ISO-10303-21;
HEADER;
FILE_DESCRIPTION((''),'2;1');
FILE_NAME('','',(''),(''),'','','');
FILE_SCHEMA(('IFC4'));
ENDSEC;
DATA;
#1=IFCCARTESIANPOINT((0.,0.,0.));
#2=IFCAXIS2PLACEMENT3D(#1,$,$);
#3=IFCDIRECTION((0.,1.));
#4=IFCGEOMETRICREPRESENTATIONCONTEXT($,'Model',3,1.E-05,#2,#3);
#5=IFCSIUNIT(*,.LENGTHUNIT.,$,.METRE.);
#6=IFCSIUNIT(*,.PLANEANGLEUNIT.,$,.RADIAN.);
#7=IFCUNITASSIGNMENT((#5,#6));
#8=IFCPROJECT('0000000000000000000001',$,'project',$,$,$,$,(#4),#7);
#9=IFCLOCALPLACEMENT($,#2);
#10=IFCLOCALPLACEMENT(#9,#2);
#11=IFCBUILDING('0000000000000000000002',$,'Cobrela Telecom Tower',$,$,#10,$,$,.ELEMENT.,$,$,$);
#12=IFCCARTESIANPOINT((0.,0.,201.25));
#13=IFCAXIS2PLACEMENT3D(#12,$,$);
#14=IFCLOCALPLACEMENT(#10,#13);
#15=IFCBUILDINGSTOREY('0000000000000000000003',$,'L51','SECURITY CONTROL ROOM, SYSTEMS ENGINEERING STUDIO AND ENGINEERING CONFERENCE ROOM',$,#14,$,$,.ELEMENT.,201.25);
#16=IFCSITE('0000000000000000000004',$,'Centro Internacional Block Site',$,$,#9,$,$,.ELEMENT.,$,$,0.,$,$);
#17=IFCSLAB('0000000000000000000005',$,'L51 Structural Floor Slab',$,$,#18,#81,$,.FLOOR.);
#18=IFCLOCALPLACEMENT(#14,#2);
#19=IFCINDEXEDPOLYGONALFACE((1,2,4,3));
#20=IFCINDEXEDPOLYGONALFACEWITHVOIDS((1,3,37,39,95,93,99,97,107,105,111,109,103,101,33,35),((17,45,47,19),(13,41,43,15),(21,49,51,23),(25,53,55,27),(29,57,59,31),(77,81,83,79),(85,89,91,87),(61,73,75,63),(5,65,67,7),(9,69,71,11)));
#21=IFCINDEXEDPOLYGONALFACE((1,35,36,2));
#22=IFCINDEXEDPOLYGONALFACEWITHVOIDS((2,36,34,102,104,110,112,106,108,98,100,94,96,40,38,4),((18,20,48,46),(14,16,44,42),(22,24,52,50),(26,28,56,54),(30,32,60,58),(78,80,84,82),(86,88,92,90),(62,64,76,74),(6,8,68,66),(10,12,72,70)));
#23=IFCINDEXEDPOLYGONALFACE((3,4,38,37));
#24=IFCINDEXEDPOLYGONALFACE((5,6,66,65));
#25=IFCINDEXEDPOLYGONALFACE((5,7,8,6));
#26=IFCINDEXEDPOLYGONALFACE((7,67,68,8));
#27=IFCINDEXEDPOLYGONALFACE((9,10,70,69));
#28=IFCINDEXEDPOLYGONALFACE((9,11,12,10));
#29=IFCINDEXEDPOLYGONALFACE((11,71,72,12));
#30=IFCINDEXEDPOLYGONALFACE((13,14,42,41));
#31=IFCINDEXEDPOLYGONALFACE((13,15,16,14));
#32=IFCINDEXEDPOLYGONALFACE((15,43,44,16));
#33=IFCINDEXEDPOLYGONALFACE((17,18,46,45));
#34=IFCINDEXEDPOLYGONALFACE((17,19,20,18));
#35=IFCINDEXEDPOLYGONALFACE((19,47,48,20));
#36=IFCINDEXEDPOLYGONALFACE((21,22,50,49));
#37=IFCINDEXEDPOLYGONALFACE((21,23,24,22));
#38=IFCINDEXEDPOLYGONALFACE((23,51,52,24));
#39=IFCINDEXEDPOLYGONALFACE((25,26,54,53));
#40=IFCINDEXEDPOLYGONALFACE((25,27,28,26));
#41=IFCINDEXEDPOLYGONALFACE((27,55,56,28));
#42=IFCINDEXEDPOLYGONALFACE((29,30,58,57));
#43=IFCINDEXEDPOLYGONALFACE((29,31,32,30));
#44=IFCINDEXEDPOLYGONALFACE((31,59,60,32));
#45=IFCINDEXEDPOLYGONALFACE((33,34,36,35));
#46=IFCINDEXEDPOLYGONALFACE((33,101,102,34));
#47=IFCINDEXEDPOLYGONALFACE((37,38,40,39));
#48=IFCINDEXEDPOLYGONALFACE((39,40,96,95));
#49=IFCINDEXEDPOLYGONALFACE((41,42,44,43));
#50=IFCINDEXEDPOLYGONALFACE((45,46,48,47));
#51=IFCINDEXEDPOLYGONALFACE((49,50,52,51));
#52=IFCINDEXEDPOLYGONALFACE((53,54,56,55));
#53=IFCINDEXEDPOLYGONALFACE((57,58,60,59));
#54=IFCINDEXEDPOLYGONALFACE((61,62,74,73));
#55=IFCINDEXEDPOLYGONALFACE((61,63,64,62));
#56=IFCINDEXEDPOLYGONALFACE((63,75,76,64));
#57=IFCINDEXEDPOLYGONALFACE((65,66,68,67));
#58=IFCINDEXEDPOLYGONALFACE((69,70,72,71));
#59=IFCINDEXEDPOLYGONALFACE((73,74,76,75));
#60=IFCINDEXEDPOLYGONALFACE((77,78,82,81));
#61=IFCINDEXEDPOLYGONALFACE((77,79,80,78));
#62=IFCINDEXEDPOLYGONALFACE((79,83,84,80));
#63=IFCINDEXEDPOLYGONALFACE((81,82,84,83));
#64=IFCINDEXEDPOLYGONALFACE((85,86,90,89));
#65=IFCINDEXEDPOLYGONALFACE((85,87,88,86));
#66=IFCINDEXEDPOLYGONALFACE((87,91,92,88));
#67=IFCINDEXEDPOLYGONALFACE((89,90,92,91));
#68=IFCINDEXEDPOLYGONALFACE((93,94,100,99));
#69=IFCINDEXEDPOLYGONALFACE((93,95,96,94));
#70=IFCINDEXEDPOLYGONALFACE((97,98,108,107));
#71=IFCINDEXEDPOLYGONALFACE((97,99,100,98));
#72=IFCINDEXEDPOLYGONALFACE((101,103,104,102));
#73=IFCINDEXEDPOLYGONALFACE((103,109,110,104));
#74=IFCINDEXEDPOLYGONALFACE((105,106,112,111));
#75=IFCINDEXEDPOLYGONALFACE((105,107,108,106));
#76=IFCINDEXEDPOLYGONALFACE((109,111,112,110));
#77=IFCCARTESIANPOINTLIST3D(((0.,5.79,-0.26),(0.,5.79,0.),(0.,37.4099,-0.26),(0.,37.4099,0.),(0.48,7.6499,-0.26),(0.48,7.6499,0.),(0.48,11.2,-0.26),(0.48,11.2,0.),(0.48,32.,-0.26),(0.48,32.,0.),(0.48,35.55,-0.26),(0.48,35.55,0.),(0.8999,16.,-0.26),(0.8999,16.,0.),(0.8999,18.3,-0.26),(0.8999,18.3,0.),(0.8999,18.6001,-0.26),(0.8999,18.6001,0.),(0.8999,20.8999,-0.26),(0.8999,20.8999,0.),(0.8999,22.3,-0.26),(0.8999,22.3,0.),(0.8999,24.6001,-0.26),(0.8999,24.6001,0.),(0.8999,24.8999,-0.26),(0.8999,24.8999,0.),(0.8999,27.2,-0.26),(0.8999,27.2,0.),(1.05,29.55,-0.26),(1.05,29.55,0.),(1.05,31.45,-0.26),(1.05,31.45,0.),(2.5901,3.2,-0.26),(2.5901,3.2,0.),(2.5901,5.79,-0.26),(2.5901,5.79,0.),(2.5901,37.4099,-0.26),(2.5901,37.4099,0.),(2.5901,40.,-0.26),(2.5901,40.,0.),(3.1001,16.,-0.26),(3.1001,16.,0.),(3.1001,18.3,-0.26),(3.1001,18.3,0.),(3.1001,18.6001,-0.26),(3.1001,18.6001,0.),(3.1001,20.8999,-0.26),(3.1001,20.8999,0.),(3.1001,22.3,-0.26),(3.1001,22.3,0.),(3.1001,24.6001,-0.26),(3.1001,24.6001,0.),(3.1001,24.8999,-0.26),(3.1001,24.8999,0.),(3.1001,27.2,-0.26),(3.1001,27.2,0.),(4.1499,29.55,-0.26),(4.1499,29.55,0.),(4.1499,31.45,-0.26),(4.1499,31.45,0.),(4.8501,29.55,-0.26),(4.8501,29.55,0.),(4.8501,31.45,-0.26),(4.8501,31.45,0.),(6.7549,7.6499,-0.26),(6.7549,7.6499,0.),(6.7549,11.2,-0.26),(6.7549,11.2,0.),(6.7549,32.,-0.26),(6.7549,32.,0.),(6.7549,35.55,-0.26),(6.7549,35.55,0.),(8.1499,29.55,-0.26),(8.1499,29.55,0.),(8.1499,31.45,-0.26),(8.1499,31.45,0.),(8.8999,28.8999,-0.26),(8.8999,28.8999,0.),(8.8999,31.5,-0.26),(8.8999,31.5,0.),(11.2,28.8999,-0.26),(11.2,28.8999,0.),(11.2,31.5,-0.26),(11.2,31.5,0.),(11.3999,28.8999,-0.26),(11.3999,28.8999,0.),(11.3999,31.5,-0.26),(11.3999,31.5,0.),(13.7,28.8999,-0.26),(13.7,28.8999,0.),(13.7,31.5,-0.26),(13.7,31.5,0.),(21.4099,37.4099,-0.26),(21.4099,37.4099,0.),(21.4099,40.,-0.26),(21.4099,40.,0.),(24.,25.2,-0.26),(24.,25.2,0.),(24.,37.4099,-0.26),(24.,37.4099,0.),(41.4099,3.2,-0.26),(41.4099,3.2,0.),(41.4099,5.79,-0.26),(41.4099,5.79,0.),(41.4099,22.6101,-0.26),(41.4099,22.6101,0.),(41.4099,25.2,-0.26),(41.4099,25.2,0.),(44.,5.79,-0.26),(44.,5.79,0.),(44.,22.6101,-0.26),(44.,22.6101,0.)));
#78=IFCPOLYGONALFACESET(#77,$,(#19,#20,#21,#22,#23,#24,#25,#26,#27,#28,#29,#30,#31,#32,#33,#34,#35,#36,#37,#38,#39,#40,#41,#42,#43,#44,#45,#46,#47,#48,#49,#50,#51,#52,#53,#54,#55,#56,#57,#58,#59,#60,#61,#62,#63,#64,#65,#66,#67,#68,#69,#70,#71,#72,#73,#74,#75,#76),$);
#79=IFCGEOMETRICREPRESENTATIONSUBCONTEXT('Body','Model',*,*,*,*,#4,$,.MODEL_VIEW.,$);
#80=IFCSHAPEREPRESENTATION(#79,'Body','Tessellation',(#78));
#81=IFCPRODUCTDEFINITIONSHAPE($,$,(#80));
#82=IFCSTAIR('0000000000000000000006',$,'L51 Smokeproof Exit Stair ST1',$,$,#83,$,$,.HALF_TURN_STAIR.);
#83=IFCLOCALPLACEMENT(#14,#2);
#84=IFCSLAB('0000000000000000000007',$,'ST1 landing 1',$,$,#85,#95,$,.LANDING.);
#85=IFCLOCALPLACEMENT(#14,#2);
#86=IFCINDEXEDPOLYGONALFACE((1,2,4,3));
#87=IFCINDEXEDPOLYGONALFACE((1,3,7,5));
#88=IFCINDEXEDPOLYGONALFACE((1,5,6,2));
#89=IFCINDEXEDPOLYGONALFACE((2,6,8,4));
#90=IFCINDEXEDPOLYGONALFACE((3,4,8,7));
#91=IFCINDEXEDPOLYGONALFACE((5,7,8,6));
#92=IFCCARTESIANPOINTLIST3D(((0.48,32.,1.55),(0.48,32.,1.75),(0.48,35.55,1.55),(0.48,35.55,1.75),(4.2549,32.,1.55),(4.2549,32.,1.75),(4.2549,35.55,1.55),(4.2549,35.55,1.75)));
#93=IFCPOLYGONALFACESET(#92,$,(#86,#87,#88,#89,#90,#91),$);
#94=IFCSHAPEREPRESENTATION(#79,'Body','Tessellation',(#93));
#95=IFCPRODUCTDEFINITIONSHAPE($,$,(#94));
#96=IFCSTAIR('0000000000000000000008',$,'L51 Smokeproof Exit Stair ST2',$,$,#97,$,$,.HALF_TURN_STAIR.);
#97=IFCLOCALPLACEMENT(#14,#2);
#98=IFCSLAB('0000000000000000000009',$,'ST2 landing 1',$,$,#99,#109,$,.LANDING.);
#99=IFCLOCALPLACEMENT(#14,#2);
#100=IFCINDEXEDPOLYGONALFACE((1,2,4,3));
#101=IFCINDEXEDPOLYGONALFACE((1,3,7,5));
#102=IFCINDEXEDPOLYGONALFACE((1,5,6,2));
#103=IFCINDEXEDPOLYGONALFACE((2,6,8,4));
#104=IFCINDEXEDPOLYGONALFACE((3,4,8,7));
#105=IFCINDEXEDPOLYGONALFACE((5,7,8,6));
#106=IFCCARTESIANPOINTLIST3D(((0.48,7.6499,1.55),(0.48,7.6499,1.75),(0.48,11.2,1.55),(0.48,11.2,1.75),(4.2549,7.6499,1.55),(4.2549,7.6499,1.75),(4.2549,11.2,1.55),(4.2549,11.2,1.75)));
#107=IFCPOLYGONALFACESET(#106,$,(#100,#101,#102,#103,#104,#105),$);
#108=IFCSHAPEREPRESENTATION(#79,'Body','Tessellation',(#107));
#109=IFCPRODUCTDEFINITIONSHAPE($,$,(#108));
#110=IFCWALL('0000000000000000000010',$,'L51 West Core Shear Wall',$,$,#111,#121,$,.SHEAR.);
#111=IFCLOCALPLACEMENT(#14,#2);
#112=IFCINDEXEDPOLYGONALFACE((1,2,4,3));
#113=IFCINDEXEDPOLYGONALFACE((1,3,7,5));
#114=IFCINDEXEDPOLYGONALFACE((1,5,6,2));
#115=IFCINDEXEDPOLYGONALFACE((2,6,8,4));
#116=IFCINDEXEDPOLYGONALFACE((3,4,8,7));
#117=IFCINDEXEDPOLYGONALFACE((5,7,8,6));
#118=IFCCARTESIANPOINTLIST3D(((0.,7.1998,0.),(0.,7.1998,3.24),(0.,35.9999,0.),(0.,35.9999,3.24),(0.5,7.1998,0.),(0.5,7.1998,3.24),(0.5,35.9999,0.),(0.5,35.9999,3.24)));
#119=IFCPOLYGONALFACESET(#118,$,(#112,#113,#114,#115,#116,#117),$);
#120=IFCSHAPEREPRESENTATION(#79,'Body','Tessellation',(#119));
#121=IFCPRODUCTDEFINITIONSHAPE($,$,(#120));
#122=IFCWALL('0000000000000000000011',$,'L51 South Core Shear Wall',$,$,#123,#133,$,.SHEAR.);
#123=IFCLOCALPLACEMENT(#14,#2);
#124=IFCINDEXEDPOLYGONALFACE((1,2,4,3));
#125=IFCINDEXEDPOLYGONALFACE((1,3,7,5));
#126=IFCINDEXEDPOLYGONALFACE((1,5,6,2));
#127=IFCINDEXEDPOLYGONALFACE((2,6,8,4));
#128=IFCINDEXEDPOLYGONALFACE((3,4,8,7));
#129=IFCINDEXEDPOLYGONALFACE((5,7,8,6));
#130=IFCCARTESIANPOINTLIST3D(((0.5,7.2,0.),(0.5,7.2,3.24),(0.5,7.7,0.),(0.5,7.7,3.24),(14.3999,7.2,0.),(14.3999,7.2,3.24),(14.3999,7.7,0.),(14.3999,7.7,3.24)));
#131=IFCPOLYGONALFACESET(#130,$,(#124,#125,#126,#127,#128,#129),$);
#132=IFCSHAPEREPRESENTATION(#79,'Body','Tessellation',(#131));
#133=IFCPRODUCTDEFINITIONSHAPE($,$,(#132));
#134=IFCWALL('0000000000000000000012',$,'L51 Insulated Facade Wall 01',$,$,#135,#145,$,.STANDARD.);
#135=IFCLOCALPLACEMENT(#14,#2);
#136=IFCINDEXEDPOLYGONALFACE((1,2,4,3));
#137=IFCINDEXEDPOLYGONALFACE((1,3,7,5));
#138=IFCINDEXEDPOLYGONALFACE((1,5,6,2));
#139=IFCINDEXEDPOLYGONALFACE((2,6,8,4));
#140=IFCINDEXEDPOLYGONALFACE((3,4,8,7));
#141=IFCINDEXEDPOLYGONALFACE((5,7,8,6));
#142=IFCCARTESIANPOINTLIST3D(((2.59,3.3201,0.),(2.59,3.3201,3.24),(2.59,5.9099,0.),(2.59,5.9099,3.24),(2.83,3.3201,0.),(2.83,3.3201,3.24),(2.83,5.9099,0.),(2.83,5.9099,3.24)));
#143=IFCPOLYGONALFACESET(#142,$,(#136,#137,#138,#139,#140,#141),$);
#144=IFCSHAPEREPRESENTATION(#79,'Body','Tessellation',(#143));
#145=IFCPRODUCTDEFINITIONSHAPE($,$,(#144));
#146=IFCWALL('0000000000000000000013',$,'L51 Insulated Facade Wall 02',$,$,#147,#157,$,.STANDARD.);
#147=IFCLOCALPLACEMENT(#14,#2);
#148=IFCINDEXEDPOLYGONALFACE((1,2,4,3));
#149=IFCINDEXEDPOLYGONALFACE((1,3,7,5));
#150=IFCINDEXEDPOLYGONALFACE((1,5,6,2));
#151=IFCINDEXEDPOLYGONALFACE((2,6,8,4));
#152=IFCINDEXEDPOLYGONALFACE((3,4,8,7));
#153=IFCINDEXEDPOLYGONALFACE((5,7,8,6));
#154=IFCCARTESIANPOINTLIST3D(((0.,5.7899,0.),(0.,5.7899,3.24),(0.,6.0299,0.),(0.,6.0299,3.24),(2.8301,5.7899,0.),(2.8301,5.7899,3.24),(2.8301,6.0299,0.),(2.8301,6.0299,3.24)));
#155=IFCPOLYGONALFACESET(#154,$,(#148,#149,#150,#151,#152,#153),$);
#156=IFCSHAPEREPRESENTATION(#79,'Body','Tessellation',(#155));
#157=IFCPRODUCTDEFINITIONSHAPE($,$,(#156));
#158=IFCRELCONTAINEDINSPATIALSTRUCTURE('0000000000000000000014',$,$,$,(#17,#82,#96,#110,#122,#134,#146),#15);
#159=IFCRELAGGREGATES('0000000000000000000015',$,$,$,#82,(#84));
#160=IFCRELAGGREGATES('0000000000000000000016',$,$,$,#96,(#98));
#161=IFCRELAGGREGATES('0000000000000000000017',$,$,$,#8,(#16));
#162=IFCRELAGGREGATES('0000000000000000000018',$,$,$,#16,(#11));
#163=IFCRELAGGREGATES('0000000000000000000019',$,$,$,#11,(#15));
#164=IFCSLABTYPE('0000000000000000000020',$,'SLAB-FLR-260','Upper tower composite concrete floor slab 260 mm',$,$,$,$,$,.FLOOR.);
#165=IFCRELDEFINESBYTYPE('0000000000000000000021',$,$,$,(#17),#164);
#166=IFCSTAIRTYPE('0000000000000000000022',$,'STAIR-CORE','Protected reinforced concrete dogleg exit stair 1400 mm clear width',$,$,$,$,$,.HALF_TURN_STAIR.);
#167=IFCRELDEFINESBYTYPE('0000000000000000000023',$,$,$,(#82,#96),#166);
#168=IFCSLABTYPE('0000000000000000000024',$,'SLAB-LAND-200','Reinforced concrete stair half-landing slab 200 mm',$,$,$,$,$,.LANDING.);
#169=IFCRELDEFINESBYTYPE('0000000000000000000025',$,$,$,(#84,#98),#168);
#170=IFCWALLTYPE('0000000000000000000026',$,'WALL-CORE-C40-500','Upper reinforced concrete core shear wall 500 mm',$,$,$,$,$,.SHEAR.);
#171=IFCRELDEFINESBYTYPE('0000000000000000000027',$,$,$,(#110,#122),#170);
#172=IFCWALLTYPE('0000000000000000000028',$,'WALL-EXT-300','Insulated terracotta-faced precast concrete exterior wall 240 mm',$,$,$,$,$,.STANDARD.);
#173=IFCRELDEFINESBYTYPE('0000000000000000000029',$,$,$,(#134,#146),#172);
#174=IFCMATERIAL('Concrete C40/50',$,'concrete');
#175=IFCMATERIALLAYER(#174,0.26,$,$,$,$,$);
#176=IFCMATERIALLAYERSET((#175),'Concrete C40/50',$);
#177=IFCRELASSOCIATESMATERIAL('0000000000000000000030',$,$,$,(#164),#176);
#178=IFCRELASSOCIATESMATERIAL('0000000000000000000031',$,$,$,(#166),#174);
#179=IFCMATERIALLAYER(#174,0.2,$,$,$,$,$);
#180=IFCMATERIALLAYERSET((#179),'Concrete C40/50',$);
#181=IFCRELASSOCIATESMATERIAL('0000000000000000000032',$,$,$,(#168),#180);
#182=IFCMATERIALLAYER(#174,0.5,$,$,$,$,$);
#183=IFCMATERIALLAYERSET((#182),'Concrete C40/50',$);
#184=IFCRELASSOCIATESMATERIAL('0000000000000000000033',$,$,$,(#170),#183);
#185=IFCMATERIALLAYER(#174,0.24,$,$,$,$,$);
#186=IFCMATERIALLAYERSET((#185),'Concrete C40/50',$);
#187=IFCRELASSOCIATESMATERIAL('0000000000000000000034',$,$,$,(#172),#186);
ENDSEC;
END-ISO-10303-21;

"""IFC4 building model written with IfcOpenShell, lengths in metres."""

from ifc_helpers import new_model, si_unit, direction, frame, frame_2d, origin, place, context, subcontext, project, spatial, polyline, rectangle, outline, extrude, material, layer, layer_set, type_object, element, aggregate, save


model = new_model("IFC4")

# Units and contexts
model_context = context("Model", 3, precision=1e-05, world=origin(), true_north=direction((0.0, 1.0)))
body_context = subcontext(model_context, "Body", "Model", "MODEL_VIEW")
ifc_project = project(units=[si_unit("LENGTHUNIT", "METRE"), si_unit("PLANEANGLEUNIT", "RADIAN")], contexts=[model_context])

# Site, building, storey
site_placement = place(None, origin())
site = spatial("IfcSite", under=ifc_project, at=site_placement, Name="Centro Internacional Block Site", CompositionType="ELEMENT", RefElevation=0.0)
building_placement = place(site_placement, origin())
building = spatial("IfcBuilding", under=site, at=building_placement, Name="Cobrela Telecom Tower", CompositionType="ELEMENT")
storey_placement = place(building_placement, frame((0.0, 0.0, 201.25)))
storey = spatial("IfcBuildingStorey", under=building, at=storey_placement, Name="L51", Description="SECURITY CONTROL ROOM, SYSTEMS ENGINEERING STUDIO AND ENGINEERING CONFERENCE ROOM", CompositionType="ELEMENT", Elevation=201.25)

# Slab, openings
ifc_material_1 = material(Name="Concrete C40/50", Category="concrete")
ifc_layer_1 = layer(ifc_material_1, 0.26)
ifc_layer_set_1 = layer_set([ifc_layer_1], Name="Concrete C40/50")
slab_type_1 = type_object("IfcSlabType", Name="SLAB-FLR-260", Description="Upper tower composite concrete floor slab 260 mm", PredefinedType="FLOOR", material=ifc_layer_set_1)
slab_1_placement = place(storey_placement, frame((0.0, 0.0, -0.26)))
slab_1 = element("IfcSlab", 1, at=slab_1_placement, inside=storey, type_object=slab_type_1, Name="L51 Structural Floor Slab", PredefinedType="FLOOR", context=body_context, shape_type="SweptSolid", body=[
    extrude(outline(polyline([(2.5901, 3.2), (41.4099, 3.2), (41.4099, 5.79), (44.0, 5.79), (44.0, 22.6101), (41.4099, 22.6101), (41.4099, 25.2), (24.0, 25.2), (24.0, 37.4099), (21.4099, 37.4099), (21.4099, 40.0), (2.5901, 40.0), (2.5901, 37.4099), (0.0, 37.4099), (0.0, 5.79), (2.5901, 5.79), (2.5901, 3.2)])), origin(), (0.0, 0.0, 1.0), 0.26),
])
opening_1_placement = place(slab_1_placement, frame((0.0, 0.0, -0.02)))
element("IfcOpeningElement", 2, at=opening_1_placement, cuts=slab_1, PredefinedType="OPENING", context=body_context, shape_type="SweptSolid", body=[
    extrude(outline(polyline([(8.8999, 28.8999), (11.2, 28.8999), (11.2, 31.5), (8.8999, 31.5), (8.8999, 28.8999)])), origin(), (0.0, 0.0, 1.0), 0.3),
])
opening_2_placement = place(slab_1_placement, frame((0.0, 0.0, -0.02)))
element("IfcOpeningElement", 3, at=opening_2_placement, cuts=slab_1, PredefinedType="OPENING", context=body_context, shape_type="SweptSolid", body=[
    extrude(outline(polyline([(11.3999, 28.8999), (13.7, 28.8999), (13.7, 31.5), (11.3999, 31.5), (11.3999, 28.8999)])), origin(), (0.0, 0.0, 1.0), 0.3),
])
opening_3_placement = place(slab_1_placement, frame((0.0, 0.0, -0.02)))
element("IfcOpeningElement", 4, at=opening_3_placement, cuts=slab_1, PredefinedType="OPENING", context=body_context, shape_type="SweptSolid", body=[
    extrude(outline(polyline([(0.8999, 16.0), (3.1001, 16.0), (3.1001, 18.3), (0.8999, 18.3), (0.8999, 16.0)])), origin(), (0.0, 0.0, 1.0), 0.3),
])
opening_4_placement = place(slab_1_placement, frame((0.0, 0.0, -0.02)))
element("IfcOpeningElement", 5, at=opening_4_placement, cuts=slab_1, PredefinedType="OPENING", context=body_context, shape_type="SweptSolid", body=[
    extrude(outline(polyline([(0.8999, 18.6001), (3.1001, 18.6001), (3.1001, 20.8999), (0.8999, 20.8999), (0.8999, 18.6001)])), origin(), (0.0, 0.0, 1.0), 0.3),
])
opening_5_placement = place(slab_1_placement, frame((0.0, 0.0, -0.02)))
element("IfcOpeningElement", 6, at=opening_5_placement, cuts=slab_1, PredefinedType="OPENING", context=body_context, shape_type="SweptSolid", body=[
    extrude(outline(polyline([(0.8999, 22.3), (3.1001, 22.3), (3.1001, 24.6001), (0.8999, 24.6001), (0.8999, 22.3)])), origin(), (0.0, 0.0, 1.0), 0.3),
])
opening_6_placement = place(slab_1_placement, frame((0.0, 0.0, -0.02)))
element("IfcOpeningElement", 7, at=opening_6_placement, cuts=slab_1, PredefinedType="OPENING", context=body_context, shape_type="SweptSolid", body=[
    extrude(outline(polyline([(0.8999, 24.8999), (3.1001, 24.8999), (3.1001, 27.2), (0.8999, 27.2), (0.8999, 24.8999)])), origin(), (0.0, 0.0, 1.0), 0.3),
])
opening_7_placement = place(slab_1_placement, frame((0.0, 0.0, -0.02)))
element("IfcOpeningElement", 8, at=opening_7_placement, cuts=slab_1, PredefinedType="OPENING", context=body_context, shape_type="SweptSolid", body=[
    extrude(outline(polyline([(1.05, 29.55), (4.1499, 29.55), (4.1499, 31.45), (1.05, 31.45), (1.05, 29.55)])), origin(), (0.0, 0.0, 1.0), 0.3),
])
opening_8_placement = place(slab_1_placement, frame((0.0, 0.0, -0.02)))
element("IfcOpeningElement", 9, at=opening_8_placement, cuts=slab_1, PredefinedType="OPENING", context=body_context, shape_type="SweptSolid", body=[
    extrude(outline(polyline([(4.8501, 29.55), (8.1499, 29.55), (8.1499, 31.45), (4.8501, 31.45), (4.8501, 29.55)])), origin(), (0.0, 0.0, 1.0), 0.3),
])
opening_9_placement = place(slab_1_placement, frame((0.0, 0.0, -0.02)))
element("IfcOpeningElement", 10, at=opening_9_placement, cuts=slab_1, PredefinedType="OPENING", context=body_context, shape_type="SweptSolid", body=[
    extrude(outline(polyline([(6.7549, 35.55), (0.48, 35.55), (0.48, 32.0), (6.7549, 32.0), (6.7549, 35.55)])), origin(), (0.0, 0.0, 1.0), 0.3),
])
opening_10_placement = place(slab_1_placement, frame((0.0, 0.0, -0.02)))
element("IfcOpeningElement", 11, at=opening_10_placement, cuts=slab_1, PredefinedType="OPENING", context=body_context, shape_type="SweptSolid", body=[
    extrude(outline(polyline([(6.7549, 11.2), (0.48, 11.2), (0.48, 7.6499), (6.7549, 7.6499), (6.7549, 11.2)])), origin(), (0.0, 0.0, 1.0), 0.3),
])

# Stairs, slabs
stair_type = type_object("IfcStairType", Name="STAIR-CORE", Description="Protected reinforced concrete dogleg exit stair 1400 mm clear width", PredefinedType="HALF_TURN_STAIR", material=ifc_material_1)
stair_1_placement = place(storey_placement, origin())
stair_1 = element("IfcStair", 12, at=stair_1_placement, inside=storey, type_object=stair_type, Name="L51 Smokeproof Exit Stair ST1", PredefinedType="HALF_TURN_STAIR")
ifc_layer_2 = layer(ifc_material_1, 0.2)
ifc_layer_set_2 = layer_set([ifc_layer_2], Name="Concrete C40/50")
slab_type_2 = type_object("IfcSlabType", Name="SLAB-LAND-200", Description="Reinforced concrete stair half-landing slab 200 mm", PredefinedType="LANDING", material=ifc_layer_set_2)
slab_2_placement = place(storey_placement, frame((0.0, 0.0, 1.55)))
slab_2 = element("IfcSlab", 13, at=slab_2_placement, type_object=slab_type_2, Name="ST1 landing 1", PredefinedType="LANDING", context=body_context, shape_type="SweptSolid", body=[
    extrude(outline(polyline([(4.2549, 35.55), (0.48, 35.55), (0.48, 32.0), (4.2549, 32.0), (4.2549, 35.55)])), origin(), (0.0, 0.0, 1.0), 0.2),
])
aggregate(stair_1, [slab_2])
stair_2_placement = place(storey_placement, origin())
stair_2 = element("IfcStair", 14, at=stair_2_placement, inside=storey, type_object=stair_type, Name="L51 Smokeproof Exit Stair ST2", PredefinedType="HALF_TURN_STAIR")
slab_3_placement = place(storey_placement, frame((0.0, 0.0, 1.55)))
slab_3 = element("IfcSlab", 15, at=slab_3_placement, type_object=slab_type_2, Name="ST2 landing 1", PredefinedType="LANDING", context=body_context, shape_type="SweptSolid", body=[
    extrude(outline(polyline([(4.2549, 11.2), (0.48, 11.2), (0.48, 7.6499), (4.2549, 7.6499), (4.2549, 11.2)])), origin(), (0.0, 0.0, 1.0), 0.2),
])

# Walls
ifc_layer_3 = layer(ifc_material_1, 0.5)
ifc_layer_set_3 = layer_set([ifc_layer_3], Name="Concrete C40/50")
wall_type_1 = type_object("IfcWallType", Name="WALL-CORE-C40-500", Description="Upper reinforced concrete core shear wall 500 mm", PredefinedType="SHEAR", material=ifc_layer_set_3)
wall_1_placement = place(storey_placement, frame((0.25, 7.2, 0.0), z_axis=(0.0, 0.0, 1.0), x_axis=(0.0, 1.0, 0.0)))
element("IfcWall", 16, at=wall_1_placement, inside=storey, type_object=wall_type_1, Name="L51 West Core Shear Wall", PredefinedType="SHEAR", context=body_context, shape_type="SweptSolid", body=[
    extrude(rectangle(XDim=28.8, YDim=0.5, at=frame_2d((14.3999, 0.0))), origin(), (0.0, 0.0, 1.0), 3.24),
])
wall_2_placement = place(storey_placement, frame((0.5, 7.45, 0.0), z_axis=(0.0, 0.0, 1.0), x_axis=(1.0, 0.0, 0.0)))
element("IfcWall", 17, at=wall_2_placement, inside=storey, type_object=wall_type_1, Name="L51 South Core Shear Wall", PredefinedType="SHEAR", context=body_context, shape_type="SweptSolid", body=[
    extrude(rectangle(XDim=13.8999, YDim=0.5, at=frame_2d((6.95, 0.0))), origin(), (0.0, 0.0, 1.0), 3.24),
])
ifc_layer_4 = layer(ifc_material_1, 0.24)
ifc_layer_set_4 = layer_set([ifc_layer_4], Name="Concrete C40/50")
wall_type_2 = type_object("IfcWallType", Name="WALL-EXT-300", Description="Insulated terracotta-faced precast concrete exterior wall 240 mm", PredefinedType="STANDARD", material=ifc_layer_set_4)
wall_3_placement = place(storey_placement, frame((2.71, 3.3201, 0.0), z_axis=(0.0, 0.0, 1.0), x_axis=(0.0, 1.0, 0.0)))
element("IfcWall", 18, at=wall_3_placement, inside=storey, type_object=wall_type_2, Name="L51 Insulated Facade Wall 01", PredefinedType="STANDARD", context=body_context, shape_type="SweptSolid", body=[
    extrude(rectangle(XDim=2.5898, YDim=0.24, at=frame_2d((1.2949, 0.0))), origin(), (0.0, 0.0, 1.0), 3.24),
])
wall_4_placement = place(storey_placement, frame((2.8301, 5.9099, 0.0), z_axis=(0.0, 0.0, 1.0), x_axis=(-1.0, 0.0, 0.0)))
element("IfcWall", 19, at=wall_4_placement, inside=storey, type_object=wall_type_2, Name="L51 Insulated Facade Wall 02", PredefinedType="STANDARD", context=body_context, shape_type="SweptSolid", body=[
    extrude(rectangle(XDim=2.8301, YDim=0.24, at=frame_2d((1.415, 0.0))), origin(), (0.0, 0.0, 1.0), 3.24),
])

aggregate(stair_2, [slab_3])

save(model, "model.ifc")
